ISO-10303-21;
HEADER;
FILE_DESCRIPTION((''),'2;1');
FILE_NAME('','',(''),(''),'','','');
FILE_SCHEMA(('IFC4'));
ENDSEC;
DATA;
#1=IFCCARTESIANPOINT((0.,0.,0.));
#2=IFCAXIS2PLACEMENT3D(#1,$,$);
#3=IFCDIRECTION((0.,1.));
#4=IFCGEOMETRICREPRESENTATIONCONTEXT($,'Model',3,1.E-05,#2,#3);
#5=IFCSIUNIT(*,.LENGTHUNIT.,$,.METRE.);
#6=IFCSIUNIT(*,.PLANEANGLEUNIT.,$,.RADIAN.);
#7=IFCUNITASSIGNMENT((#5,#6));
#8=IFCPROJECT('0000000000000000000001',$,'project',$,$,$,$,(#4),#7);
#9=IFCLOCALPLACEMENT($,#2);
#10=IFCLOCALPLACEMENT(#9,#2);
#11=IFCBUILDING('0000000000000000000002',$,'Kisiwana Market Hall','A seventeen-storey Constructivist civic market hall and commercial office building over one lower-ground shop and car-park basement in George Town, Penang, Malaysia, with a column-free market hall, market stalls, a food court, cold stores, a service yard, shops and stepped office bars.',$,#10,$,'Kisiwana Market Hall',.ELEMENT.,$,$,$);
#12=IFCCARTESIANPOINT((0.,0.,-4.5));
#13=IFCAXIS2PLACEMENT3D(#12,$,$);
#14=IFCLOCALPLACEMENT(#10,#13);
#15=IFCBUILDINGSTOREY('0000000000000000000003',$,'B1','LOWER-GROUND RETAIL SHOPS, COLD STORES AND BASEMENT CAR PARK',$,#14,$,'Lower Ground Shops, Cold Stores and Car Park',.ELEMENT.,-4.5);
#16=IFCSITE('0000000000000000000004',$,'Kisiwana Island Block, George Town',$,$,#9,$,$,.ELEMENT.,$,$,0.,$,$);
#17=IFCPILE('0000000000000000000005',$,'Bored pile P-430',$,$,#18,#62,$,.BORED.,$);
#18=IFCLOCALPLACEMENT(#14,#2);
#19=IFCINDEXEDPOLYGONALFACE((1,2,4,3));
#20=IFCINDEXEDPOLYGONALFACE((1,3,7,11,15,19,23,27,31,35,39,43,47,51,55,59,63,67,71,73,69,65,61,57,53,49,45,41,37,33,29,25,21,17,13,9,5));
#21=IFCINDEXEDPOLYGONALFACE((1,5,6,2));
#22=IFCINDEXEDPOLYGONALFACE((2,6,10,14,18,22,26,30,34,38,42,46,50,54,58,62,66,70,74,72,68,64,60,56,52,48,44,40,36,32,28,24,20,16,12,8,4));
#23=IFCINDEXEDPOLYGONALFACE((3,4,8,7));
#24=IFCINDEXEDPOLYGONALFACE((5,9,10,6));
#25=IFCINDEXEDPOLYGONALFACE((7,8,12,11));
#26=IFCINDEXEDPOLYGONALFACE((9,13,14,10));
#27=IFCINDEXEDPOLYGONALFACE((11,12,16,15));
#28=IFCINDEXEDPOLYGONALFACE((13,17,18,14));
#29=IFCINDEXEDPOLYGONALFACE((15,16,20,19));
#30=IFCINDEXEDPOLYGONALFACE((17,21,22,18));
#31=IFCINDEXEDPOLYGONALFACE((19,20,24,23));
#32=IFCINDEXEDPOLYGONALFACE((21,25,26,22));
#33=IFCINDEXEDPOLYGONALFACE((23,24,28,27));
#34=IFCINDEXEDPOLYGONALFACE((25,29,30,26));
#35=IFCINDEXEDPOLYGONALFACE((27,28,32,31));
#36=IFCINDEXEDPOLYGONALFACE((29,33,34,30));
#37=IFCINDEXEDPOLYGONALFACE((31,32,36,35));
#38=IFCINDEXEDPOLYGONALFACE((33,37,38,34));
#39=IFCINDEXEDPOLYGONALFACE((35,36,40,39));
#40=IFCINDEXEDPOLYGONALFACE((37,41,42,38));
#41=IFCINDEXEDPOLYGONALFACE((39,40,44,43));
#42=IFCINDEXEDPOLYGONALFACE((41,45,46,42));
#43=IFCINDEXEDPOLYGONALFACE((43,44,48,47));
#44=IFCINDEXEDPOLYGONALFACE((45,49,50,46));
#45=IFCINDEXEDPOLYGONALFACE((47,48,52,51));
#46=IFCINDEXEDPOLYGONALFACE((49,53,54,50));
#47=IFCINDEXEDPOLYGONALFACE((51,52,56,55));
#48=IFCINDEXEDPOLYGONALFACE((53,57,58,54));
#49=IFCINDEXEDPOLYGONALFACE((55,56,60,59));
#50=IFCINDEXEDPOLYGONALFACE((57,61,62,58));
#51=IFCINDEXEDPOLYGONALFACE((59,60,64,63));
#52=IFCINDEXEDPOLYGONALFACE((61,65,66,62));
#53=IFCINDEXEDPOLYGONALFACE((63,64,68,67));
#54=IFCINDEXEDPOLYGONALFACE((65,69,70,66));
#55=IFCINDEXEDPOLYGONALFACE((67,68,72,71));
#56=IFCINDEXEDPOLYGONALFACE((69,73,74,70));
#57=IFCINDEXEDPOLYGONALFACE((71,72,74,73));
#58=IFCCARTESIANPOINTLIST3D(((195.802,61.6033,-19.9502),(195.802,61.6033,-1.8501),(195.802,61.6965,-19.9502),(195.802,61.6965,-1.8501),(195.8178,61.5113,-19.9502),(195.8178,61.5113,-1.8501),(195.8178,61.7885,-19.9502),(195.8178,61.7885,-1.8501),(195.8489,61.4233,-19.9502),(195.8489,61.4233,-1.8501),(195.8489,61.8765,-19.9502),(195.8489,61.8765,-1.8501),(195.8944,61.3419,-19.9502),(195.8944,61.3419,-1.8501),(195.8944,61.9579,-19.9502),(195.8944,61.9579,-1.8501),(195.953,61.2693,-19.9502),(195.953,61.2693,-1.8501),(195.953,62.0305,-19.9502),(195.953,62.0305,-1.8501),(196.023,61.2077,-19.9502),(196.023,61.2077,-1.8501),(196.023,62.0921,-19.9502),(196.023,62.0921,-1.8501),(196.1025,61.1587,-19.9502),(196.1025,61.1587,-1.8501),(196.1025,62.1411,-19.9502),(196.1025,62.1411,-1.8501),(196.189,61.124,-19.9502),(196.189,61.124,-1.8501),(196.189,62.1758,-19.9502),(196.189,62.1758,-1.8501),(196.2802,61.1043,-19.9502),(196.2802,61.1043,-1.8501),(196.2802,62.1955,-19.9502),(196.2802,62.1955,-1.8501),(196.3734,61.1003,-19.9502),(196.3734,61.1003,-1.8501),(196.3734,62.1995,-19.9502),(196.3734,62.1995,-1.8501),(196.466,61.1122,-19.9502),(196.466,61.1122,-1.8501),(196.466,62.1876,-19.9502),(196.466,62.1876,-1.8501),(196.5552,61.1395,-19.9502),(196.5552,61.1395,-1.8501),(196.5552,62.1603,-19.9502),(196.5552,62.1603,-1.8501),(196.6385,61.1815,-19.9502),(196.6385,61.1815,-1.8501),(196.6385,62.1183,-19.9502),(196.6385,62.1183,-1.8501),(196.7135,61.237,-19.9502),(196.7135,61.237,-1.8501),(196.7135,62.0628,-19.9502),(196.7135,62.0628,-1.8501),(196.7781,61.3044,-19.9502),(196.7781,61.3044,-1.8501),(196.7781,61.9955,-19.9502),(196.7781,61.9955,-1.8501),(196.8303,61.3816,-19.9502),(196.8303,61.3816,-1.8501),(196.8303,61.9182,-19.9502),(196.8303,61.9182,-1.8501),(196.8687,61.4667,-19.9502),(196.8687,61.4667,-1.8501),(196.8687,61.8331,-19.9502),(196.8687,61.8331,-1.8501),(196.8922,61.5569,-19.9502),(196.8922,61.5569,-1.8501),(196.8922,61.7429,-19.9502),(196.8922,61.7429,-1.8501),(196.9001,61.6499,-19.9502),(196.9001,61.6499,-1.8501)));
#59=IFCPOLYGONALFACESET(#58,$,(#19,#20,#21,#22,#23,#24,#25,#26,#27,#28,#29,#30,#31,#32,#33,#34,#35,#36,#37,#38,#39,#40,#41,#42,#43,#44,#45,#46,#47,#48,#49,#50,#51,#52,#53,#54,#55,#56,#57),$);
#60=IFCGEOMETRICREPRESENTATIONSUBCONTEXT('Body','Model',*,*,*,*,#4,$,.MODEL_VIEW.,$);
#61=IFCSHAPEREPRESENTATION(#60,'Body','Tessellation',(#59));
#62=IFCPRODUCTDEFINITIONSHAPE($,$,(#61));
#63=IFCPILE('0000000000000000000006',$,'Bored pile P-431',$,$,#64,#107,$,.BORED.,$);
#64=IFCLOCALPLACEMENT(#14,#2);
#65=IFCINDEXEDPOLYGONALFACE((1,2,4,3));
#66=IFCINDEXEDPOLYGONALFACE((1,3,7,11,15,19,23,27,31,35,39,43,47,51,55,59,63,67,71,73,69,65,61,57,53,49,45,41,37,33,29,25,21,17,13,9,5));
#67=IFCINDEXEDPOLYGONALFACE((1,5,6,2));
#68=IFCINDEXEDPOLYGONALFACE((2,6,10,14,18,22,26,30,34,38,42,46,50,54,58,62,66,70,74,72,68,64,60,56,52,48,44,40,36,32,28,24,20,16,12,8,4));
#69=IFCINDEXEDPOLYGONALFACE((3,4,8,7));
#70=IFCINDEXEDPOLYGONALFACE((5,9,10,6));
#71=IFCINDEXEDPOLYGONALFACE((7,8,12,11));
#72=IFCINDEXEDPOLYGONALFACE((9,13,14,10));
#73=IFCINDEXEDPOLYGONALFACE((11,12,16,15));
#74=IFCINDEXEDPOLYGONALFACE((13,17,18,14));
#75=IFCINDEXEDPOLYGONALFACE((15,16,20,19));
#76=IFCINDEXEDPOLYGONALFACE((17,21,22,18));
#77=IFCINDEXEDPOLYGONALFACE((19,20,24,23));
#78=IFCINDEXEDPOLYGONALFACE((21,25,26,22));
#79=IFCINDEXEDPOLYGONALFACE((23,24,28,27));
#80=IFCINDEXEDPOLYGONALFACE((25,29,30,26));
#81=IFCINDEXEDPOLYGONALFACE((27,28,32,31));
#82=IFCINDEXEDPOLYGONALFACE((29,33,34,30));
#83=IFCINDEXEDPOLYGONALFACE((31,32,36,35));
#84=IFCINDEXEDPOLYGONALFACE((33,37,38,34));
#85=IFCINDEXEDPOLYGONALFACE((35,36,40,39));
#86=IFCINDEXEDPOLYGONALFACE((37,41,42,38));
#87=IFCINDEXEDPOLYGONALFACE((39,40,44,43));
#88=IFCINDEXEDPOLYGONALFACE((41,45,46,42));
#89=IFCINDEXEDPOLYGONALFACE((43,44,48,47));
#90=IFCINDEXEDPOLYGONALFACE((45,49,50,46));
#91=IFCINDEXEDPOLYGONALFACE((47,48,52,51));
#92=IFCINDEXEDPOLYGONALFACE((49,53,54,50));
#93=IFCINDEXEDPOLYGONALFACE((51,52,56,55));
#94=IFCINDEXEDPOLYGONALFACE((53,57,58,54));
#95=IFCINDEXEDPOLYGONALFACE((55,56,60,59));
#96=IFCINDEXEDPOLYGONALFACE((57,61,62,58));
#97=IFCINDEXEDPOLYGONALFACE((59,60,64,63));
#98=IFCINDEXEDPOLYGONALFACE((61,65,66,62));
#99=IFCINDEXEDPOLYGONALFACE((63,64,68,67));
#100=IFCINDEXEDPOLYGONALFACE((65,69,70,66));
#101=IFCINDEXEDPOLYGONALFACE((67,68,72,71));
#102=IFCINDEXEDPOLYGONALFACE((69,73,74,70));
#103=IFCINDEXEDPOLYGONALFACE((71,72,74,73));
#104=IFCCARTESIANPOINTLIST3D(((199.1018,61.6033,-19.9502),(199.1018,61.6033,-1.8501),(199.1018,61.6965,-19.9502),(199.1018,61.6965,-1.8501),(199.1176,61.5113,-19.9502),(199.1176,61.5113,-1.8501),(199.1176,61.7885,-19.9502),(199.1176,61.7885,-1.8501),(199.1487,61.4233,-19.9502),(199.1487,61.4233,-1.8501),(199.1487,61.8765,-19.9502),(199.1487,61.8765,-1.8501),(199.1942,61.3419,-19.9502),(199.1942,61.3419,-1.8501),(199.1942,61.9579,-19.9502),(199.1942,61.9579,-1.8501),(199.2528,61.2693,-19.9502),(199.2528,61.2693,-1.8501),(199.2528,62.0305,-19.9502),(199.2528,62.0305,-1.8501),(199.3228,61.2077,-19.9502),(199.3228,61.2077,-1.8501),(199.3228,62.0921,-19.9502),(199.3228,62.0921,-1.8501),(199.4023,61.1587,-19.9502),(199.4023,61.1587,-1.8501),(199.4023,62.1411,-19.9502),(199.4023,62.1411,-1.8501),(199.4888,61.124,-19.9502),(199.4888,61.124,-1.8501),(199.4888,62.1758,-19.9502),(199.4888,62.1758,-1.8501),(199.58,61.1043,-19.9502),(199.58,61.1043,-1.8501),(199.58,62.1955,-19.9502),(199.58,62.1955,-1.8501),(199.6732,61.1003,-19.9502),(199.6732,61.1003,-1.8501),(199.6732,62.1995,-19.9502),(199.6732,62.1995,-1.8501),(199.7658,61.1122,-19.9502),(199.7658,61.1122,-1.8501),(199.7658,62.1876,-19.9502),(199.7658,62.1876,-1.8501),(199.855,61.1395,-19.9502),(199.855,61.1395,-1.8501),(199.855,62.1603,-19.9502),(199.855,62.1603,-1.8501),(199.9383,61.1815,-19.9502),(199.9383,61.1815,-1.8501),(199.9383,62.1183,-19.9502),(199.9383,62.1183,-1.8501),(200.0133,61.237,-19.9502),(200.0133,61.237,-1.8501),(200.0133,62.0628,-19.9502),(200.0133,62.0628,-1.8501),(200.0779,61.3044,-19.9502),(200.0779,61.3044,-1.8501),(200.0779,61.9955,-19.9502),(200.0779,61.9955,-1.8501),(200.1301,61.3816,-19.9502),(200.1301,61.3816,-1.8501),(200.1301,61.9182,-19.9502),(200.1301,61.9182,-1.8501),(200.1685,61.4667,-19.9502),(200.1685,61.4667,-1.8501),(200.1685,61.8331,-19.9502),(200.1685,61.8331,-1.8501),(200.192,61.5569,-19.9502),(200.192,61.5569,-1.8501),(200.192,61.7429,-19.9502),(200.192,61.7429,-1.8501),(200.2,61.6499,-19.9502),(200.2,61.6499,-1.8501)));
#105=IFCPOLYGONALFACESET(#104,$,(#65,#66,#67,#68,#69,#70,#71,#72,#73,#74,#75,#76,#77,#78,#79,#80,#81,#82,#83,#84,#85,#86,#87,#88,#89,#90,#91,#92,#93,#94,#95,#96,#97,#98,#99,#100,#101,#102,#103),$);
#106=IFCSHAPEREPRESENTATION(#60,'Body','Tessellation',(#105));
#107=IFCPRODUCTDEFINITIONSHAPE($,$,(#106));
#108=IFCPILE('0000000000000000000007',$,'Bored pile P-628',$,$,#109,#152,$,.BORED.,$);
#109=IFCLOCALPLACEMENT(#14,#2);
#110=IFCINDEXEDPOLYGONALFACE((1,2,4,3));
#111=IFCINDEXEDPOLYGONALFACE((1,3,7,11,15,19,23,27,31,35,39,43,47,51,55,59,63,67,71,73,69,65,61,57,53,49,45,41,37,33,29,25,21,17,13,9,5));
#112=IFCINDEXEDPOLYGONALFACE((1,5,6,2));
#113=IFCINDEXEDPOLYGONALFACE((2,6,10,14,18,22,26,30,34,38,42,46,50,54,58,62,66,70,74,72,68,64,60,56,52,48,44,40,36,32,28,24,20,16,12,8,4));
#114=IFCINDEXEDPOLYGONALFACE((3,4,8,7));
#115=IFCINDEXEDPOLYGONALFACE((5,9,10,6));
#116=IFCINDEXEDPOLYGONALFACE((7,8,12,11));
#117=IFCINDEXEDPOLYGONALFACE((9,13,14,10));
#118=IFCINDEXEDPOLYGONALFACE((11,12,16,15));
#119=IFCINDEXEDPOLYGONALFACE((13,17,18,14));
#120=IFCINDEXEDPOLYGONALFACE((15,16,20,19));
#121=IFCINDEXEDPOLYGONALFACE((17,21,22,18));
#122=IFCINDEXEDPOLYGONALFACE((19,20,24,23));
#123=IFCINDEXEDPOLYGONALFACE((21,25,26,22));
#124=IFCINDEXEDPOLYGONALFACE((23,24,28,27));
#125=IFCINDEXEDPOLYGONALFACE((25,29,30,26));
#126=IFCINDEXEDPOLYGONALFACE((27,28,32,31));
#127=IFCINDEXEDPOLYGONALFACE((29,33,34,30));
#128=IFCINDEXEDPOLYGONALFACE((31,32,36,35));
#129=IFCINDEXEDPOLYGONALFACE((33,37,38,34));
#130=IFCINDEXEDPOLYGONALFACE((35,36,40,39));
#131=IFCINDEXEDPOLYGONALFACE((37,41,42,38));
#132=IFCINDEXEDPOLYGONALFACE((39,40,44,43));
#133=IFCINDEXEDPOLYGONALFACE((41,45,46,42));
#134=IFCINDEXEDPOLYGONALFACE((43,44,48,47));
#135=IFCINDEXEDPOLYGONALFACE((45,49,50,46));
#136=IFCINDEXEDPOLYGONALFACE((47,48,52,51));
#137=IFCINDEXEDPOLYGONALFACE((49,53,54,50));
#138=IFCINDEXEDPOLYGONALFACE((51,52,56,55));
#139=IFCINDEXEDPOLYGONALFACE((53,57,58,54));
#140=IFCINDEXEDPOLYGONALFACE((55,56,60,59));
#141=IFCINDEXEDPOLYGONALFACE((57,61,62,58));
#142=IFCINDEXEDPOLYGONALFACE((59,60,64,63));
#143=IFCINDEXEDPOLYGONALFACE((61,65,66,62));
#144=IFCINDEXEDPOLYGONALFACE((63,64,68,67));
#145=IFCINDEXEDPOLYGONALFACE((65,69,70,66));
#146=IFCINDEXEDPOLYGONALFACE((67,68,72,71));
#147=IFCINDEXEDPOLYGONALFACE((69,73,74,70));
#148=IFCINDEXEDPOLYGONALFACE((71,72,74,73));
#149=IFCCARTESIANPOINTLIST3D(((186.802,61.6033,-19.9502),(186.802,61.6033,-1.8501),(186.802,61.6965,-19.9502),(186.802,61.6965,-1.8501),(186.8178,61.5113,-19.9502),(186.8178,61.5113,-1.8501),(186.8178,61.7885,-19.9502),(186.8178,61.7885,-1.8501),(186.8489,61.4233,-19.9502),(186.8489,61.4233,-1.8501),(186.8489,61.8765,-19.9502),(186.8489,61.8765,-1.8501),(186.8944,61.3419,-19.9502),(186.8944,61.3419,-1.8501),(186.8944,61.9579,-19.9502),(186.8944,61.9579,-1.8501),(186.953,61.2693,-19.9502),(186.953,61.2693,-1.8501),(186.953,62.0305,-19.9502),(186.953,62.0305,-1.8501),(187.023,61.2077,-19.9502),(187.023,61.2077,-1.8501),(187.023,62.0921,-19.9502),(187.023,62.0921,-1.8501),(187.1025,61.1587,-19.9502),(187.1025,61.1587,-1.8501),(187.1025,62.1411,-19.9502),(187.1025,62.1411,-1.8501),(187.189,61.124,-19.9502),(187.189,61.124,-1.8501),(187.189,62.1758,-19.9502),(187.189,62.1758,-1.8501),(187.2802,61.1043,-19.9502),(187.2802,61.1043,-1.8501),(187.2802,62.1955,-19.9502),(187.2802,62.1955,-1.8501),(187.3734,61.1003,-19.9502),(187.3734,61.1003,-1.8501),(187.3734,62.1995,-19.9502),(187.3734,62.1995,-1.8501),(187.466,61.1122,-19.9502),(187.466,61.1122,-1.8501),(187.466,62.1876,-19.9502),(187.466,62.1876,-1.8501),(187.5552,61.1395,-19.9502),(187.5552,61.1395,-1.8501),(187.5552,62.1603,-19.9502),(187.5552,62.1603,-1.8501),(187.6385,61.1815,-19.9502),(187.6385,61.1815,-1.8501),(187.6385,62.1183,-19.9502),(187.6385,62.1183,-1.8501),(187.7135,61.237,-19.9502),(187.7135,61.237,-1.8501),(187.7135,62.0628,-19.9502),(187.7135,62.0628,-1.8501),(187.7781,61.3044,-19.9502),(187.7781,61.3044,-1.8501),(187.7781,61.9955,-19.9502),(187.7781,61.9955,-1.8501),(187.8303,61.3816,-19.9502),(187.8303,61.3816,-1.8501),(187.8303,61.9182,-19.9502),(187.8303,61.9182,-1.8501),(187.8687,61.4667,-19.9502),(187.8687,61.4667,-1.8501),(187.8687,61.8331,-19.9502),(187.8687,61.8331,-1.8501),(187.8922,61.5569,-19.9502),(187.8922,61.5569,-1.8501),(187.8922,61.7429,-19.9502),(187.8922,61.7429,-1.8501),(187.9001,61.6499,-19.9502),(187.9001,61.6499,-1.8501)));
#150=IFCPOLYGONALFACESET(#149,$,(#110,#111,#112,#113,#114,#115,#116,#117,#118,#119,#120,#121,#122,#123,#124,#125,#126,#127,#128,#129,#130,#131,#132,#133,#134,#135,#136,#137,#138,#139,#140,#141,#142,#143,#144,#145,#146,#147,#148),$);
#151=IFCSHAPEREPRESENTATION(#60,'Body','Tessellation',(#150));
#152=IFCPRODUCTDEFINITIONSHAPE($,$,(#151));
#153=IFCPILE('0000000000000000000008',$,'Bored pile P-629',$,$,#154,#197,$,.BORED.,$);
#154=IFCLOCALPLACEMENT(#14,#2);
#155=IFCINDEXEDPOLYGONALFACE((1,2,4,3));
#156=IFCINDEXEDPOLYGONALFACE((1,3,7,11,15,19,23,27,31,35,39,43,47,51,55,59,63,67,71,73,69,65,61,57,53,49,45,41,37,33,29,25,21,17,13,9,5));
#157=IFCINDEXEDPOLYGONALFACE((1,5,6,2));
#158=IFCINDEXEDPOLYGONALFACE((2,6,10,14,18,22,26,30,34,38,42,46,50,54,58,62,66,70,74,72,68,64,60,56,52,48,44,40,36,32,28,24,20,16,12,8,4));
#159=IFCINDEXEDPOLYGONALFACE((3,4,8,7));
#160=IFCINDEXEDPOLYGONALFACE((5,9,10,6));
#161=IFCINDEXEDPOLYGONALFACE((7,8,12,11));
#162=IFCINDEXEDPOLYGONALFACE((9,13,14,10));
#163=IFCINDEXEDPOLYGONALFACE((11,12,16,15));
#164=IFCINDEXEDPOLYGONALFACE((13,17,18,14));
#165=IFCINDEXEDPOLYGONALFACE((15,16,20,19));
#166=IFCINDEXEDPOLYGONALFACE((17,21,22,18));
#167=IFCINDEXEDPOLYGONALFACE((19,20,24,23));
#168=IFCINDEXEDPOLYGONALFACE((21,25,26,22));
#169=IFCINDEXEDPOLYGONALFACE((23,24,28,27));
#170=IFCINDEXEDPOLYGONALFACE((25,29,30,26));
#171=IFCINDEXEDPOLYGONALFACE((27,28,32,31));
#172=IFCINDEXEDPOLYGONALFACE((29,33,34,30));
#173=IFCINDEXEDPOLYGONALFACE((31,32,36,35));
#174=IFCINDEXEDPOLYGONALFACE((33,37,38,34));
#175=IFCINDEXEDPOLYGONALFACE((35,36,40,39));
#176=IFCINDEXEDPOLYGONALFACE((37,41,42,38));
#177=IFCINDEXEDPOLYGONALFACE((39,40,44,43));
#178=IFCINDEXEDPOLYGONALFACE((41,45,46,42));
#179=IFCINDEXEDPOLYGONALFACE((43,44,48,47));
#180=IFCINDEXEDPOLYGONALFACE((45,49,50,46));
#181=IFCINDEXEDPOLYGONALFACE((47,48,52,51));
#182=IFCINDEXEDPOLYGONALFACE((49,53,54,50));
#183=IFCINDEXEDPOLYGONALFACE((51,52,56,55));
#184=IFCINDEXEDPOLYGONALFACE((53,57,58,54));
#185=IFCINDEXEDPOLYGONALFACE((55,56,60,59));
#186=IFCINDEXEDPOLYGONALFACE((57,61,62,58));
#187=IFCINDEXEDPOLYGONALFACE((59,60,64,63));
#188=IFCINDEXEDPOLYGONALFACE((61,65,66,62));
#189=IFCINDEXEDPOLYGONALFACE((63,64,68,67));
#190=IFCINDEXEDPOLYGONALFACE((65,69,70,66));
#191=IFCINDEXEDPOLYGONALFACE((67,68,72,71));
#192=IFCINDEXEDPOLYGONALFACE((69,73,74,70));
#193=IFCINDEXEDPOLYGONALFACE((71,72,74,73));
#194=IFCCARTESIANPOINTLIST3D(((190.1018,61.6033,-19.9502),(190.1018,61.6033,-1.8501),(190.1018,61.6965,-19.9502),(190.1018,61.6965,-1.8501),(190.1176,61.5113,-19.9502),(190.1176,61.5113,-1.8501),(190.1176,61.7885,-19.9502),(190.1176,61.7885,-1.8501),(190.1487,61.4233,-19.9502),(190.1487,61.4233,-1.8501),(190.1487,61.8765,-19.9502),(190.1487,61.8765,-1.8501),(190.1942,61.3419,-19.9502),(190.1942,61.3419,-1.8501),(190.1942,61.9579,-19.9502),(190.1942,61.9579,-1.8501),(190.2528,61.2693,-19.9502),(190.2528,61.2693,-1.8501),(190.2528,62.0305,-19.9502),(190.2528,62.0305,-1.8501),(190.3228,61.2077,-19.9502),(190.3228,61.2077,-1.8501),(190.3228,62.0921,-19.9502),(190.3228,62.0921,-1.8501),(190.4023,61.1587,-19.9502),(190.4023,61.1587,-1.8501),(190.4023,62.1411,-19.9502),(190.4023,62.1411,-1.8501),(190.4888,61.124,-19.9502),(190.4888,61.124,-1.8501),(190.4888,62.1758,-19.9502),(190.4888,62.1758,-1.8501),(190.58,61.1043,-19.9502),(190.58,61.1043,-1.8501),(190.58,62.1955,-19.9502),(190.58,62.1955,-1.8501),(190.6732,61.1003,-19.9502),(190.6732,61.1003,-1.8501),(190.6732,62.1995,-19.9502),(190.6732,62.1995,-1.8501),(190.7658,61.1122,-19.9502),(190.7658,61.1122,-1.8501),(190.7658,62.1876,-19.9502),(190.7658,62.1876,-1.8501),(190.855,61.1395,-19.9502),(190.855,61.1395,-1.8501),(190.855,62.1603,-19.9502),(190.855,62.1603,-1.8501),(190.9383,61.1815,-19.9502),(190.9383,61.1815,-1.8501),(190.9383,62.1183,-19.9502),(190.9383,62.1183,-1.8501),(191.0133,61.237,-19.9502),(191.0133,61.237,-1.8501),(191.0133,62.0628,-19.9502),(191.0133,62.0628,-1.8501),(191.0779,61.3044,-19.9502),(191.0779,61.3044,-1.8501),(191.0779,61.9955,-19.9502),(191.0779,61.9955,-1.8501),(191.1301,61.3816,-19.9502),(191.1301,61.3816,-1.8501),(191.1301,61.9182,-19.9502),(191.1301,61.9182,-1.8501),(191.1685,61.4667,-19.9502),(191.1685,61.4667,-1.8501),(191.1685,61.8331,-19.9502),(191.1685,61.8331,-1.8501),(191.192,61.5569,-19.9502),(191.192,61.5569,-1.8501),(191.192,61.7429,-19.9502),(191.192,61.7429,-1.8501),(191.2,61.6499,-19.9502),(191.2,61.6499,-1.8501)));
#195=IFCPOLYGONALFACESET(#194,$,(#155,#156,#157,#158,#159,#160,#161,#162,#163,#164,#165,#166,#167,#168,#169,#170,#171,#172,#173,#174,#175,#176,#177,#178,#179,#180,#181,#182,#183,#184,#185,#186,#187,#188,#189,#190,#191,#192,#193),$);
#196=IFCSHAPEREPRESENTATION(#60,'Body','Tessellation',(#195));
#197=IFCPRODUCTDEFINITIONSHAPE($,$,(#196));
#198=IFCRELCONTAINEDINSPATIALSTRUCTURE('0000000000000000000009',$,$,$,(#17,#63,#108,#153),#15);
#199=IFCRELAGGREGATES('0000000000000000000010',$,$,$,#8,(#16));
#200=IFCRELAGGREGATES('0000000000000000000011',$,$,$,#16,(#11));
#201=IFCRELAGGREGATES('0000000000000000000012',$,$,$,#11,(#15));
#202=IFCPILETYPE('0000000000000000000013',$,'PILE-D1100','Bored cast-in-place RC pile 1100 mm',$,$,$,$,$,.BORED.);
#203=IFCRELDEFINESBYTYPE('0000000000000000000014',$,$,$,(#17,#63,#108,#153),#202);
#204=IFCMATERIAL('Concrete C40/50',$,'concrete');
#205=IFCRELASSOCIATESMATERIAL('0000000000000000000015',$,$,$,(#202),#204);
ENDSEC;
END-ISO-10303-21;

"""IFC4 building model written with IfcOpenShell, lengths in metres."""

from ifc_helpers import new_model, si_unit, direction, frame, origin, origin_2d, place, context, subcontext, project, spatial, circle, extrude, material, material_profile, profile_set, type_object, element, save


model = new_model("IFC4")

# Units and contexts
model_context = context("Model", 3, precision=1e-05, world=origin(), true_north=direction((0.0, 1.0)))
body_context = subcontext(model_context, "Body", "Model", "MODEL_VIEW")
ifc_project = project(units=[si_unit("LENGTHUNIT", "METRE"), si_unit("PLANEANGLEUNIT", "RADIAN")], contexts=[model_context])

# Site, building, storey
site_placement = place(None, origin())
site = spatial("IfcSite", under=ifc_project, at=site_placement, Name="Kisiwana Island Block, George Town", CompositionType="ELEMENT", RefElevation=0.0)
building_placement = place(site_placement, origin())
building = spatial("IfcBuilding", under=site, at=building_placement, Name="Kisiwana Market Hall", Description="A seventeen-storey Constructivist civic market hall and commercial office building over one lower-ground shop and car-park basement in George Town, Penang, Malaysia, with a column-free market hall, market stalls, a food court, cold stores, a service yard, shops and stepped office bars.", LongName="Kisiwana Market Hall", CompositionType="ELEMENT")
storey_placement = place(building_placement, frame((0.0, 0.0, -4.5)))
storey = spatial("IfcBuildingStorey", under=building, at=storey_placement, Name="B1", Description="LOWER-GROUND RETAIL SHOPS, COLD STORES AND BASEMENT CAR PARK", LongName="Lower Ground Shops, Cold Stores and Car Park", CompositionType="ELEMENT", Elevation=-4.5)

# Piles
ifc_material_1 = material(Name="Concrete C40/50", Category="concrete")
ifc_material_profile_1 = material_profile(ifc_material_1, circle(Radius=0.55, at=origin_2d()), Name="BP D1100")
ifc_profile_set_1 = profile_set([ifc_material_profile_1], Name="Concrete C40/50")
pile_type_1 = type_object("IfcPileType", Name="PILE-D1100", Description="Bored cast-in-place RC pile 1100 mm", PredefinedType="BORED", material=ifc_profile_set_1)
for number, where, z_axis, x_axis, name in (
    (1, (196.3501, 61.6499, -1.8501), (0.0, 0.0, -1.0), (1.0, 0.0, 0.0), "Bored pile P-430"),
    (2, (199.6499, 61.6499, -1.8501), (0.0, 0.0, -1.0), (1.0, 0.0, 0.0), "Bored pile P-431"),
    (3, (187.3501, 61.6499, -1.8501), (0.0, 0.0, -1.0), (1.0, 0.0, 0.0), "Bored pile P-628"),
    (4, (190.6499, 61.6499, -1.8501), (0.0, 0.0, -1.0), (1.0, 0.0, 0.0), "Bored pile P-629"),
):
    element("IfcPile", number, at=place(storey_placement, frame(where, z_axis=z_axis, x_axis=x_axis)), inside=storey, type_object=pile_type_1, Name=name, PredefinedType="BORED", context=body_context, shape_type="SweptSolid", body=[
        extrude(circle(Radius=0.55, at=origin_2d()), origin(), (0.0, 0.0, 1.0), 18.1001),
    ])

save(model, "model.ifc")
